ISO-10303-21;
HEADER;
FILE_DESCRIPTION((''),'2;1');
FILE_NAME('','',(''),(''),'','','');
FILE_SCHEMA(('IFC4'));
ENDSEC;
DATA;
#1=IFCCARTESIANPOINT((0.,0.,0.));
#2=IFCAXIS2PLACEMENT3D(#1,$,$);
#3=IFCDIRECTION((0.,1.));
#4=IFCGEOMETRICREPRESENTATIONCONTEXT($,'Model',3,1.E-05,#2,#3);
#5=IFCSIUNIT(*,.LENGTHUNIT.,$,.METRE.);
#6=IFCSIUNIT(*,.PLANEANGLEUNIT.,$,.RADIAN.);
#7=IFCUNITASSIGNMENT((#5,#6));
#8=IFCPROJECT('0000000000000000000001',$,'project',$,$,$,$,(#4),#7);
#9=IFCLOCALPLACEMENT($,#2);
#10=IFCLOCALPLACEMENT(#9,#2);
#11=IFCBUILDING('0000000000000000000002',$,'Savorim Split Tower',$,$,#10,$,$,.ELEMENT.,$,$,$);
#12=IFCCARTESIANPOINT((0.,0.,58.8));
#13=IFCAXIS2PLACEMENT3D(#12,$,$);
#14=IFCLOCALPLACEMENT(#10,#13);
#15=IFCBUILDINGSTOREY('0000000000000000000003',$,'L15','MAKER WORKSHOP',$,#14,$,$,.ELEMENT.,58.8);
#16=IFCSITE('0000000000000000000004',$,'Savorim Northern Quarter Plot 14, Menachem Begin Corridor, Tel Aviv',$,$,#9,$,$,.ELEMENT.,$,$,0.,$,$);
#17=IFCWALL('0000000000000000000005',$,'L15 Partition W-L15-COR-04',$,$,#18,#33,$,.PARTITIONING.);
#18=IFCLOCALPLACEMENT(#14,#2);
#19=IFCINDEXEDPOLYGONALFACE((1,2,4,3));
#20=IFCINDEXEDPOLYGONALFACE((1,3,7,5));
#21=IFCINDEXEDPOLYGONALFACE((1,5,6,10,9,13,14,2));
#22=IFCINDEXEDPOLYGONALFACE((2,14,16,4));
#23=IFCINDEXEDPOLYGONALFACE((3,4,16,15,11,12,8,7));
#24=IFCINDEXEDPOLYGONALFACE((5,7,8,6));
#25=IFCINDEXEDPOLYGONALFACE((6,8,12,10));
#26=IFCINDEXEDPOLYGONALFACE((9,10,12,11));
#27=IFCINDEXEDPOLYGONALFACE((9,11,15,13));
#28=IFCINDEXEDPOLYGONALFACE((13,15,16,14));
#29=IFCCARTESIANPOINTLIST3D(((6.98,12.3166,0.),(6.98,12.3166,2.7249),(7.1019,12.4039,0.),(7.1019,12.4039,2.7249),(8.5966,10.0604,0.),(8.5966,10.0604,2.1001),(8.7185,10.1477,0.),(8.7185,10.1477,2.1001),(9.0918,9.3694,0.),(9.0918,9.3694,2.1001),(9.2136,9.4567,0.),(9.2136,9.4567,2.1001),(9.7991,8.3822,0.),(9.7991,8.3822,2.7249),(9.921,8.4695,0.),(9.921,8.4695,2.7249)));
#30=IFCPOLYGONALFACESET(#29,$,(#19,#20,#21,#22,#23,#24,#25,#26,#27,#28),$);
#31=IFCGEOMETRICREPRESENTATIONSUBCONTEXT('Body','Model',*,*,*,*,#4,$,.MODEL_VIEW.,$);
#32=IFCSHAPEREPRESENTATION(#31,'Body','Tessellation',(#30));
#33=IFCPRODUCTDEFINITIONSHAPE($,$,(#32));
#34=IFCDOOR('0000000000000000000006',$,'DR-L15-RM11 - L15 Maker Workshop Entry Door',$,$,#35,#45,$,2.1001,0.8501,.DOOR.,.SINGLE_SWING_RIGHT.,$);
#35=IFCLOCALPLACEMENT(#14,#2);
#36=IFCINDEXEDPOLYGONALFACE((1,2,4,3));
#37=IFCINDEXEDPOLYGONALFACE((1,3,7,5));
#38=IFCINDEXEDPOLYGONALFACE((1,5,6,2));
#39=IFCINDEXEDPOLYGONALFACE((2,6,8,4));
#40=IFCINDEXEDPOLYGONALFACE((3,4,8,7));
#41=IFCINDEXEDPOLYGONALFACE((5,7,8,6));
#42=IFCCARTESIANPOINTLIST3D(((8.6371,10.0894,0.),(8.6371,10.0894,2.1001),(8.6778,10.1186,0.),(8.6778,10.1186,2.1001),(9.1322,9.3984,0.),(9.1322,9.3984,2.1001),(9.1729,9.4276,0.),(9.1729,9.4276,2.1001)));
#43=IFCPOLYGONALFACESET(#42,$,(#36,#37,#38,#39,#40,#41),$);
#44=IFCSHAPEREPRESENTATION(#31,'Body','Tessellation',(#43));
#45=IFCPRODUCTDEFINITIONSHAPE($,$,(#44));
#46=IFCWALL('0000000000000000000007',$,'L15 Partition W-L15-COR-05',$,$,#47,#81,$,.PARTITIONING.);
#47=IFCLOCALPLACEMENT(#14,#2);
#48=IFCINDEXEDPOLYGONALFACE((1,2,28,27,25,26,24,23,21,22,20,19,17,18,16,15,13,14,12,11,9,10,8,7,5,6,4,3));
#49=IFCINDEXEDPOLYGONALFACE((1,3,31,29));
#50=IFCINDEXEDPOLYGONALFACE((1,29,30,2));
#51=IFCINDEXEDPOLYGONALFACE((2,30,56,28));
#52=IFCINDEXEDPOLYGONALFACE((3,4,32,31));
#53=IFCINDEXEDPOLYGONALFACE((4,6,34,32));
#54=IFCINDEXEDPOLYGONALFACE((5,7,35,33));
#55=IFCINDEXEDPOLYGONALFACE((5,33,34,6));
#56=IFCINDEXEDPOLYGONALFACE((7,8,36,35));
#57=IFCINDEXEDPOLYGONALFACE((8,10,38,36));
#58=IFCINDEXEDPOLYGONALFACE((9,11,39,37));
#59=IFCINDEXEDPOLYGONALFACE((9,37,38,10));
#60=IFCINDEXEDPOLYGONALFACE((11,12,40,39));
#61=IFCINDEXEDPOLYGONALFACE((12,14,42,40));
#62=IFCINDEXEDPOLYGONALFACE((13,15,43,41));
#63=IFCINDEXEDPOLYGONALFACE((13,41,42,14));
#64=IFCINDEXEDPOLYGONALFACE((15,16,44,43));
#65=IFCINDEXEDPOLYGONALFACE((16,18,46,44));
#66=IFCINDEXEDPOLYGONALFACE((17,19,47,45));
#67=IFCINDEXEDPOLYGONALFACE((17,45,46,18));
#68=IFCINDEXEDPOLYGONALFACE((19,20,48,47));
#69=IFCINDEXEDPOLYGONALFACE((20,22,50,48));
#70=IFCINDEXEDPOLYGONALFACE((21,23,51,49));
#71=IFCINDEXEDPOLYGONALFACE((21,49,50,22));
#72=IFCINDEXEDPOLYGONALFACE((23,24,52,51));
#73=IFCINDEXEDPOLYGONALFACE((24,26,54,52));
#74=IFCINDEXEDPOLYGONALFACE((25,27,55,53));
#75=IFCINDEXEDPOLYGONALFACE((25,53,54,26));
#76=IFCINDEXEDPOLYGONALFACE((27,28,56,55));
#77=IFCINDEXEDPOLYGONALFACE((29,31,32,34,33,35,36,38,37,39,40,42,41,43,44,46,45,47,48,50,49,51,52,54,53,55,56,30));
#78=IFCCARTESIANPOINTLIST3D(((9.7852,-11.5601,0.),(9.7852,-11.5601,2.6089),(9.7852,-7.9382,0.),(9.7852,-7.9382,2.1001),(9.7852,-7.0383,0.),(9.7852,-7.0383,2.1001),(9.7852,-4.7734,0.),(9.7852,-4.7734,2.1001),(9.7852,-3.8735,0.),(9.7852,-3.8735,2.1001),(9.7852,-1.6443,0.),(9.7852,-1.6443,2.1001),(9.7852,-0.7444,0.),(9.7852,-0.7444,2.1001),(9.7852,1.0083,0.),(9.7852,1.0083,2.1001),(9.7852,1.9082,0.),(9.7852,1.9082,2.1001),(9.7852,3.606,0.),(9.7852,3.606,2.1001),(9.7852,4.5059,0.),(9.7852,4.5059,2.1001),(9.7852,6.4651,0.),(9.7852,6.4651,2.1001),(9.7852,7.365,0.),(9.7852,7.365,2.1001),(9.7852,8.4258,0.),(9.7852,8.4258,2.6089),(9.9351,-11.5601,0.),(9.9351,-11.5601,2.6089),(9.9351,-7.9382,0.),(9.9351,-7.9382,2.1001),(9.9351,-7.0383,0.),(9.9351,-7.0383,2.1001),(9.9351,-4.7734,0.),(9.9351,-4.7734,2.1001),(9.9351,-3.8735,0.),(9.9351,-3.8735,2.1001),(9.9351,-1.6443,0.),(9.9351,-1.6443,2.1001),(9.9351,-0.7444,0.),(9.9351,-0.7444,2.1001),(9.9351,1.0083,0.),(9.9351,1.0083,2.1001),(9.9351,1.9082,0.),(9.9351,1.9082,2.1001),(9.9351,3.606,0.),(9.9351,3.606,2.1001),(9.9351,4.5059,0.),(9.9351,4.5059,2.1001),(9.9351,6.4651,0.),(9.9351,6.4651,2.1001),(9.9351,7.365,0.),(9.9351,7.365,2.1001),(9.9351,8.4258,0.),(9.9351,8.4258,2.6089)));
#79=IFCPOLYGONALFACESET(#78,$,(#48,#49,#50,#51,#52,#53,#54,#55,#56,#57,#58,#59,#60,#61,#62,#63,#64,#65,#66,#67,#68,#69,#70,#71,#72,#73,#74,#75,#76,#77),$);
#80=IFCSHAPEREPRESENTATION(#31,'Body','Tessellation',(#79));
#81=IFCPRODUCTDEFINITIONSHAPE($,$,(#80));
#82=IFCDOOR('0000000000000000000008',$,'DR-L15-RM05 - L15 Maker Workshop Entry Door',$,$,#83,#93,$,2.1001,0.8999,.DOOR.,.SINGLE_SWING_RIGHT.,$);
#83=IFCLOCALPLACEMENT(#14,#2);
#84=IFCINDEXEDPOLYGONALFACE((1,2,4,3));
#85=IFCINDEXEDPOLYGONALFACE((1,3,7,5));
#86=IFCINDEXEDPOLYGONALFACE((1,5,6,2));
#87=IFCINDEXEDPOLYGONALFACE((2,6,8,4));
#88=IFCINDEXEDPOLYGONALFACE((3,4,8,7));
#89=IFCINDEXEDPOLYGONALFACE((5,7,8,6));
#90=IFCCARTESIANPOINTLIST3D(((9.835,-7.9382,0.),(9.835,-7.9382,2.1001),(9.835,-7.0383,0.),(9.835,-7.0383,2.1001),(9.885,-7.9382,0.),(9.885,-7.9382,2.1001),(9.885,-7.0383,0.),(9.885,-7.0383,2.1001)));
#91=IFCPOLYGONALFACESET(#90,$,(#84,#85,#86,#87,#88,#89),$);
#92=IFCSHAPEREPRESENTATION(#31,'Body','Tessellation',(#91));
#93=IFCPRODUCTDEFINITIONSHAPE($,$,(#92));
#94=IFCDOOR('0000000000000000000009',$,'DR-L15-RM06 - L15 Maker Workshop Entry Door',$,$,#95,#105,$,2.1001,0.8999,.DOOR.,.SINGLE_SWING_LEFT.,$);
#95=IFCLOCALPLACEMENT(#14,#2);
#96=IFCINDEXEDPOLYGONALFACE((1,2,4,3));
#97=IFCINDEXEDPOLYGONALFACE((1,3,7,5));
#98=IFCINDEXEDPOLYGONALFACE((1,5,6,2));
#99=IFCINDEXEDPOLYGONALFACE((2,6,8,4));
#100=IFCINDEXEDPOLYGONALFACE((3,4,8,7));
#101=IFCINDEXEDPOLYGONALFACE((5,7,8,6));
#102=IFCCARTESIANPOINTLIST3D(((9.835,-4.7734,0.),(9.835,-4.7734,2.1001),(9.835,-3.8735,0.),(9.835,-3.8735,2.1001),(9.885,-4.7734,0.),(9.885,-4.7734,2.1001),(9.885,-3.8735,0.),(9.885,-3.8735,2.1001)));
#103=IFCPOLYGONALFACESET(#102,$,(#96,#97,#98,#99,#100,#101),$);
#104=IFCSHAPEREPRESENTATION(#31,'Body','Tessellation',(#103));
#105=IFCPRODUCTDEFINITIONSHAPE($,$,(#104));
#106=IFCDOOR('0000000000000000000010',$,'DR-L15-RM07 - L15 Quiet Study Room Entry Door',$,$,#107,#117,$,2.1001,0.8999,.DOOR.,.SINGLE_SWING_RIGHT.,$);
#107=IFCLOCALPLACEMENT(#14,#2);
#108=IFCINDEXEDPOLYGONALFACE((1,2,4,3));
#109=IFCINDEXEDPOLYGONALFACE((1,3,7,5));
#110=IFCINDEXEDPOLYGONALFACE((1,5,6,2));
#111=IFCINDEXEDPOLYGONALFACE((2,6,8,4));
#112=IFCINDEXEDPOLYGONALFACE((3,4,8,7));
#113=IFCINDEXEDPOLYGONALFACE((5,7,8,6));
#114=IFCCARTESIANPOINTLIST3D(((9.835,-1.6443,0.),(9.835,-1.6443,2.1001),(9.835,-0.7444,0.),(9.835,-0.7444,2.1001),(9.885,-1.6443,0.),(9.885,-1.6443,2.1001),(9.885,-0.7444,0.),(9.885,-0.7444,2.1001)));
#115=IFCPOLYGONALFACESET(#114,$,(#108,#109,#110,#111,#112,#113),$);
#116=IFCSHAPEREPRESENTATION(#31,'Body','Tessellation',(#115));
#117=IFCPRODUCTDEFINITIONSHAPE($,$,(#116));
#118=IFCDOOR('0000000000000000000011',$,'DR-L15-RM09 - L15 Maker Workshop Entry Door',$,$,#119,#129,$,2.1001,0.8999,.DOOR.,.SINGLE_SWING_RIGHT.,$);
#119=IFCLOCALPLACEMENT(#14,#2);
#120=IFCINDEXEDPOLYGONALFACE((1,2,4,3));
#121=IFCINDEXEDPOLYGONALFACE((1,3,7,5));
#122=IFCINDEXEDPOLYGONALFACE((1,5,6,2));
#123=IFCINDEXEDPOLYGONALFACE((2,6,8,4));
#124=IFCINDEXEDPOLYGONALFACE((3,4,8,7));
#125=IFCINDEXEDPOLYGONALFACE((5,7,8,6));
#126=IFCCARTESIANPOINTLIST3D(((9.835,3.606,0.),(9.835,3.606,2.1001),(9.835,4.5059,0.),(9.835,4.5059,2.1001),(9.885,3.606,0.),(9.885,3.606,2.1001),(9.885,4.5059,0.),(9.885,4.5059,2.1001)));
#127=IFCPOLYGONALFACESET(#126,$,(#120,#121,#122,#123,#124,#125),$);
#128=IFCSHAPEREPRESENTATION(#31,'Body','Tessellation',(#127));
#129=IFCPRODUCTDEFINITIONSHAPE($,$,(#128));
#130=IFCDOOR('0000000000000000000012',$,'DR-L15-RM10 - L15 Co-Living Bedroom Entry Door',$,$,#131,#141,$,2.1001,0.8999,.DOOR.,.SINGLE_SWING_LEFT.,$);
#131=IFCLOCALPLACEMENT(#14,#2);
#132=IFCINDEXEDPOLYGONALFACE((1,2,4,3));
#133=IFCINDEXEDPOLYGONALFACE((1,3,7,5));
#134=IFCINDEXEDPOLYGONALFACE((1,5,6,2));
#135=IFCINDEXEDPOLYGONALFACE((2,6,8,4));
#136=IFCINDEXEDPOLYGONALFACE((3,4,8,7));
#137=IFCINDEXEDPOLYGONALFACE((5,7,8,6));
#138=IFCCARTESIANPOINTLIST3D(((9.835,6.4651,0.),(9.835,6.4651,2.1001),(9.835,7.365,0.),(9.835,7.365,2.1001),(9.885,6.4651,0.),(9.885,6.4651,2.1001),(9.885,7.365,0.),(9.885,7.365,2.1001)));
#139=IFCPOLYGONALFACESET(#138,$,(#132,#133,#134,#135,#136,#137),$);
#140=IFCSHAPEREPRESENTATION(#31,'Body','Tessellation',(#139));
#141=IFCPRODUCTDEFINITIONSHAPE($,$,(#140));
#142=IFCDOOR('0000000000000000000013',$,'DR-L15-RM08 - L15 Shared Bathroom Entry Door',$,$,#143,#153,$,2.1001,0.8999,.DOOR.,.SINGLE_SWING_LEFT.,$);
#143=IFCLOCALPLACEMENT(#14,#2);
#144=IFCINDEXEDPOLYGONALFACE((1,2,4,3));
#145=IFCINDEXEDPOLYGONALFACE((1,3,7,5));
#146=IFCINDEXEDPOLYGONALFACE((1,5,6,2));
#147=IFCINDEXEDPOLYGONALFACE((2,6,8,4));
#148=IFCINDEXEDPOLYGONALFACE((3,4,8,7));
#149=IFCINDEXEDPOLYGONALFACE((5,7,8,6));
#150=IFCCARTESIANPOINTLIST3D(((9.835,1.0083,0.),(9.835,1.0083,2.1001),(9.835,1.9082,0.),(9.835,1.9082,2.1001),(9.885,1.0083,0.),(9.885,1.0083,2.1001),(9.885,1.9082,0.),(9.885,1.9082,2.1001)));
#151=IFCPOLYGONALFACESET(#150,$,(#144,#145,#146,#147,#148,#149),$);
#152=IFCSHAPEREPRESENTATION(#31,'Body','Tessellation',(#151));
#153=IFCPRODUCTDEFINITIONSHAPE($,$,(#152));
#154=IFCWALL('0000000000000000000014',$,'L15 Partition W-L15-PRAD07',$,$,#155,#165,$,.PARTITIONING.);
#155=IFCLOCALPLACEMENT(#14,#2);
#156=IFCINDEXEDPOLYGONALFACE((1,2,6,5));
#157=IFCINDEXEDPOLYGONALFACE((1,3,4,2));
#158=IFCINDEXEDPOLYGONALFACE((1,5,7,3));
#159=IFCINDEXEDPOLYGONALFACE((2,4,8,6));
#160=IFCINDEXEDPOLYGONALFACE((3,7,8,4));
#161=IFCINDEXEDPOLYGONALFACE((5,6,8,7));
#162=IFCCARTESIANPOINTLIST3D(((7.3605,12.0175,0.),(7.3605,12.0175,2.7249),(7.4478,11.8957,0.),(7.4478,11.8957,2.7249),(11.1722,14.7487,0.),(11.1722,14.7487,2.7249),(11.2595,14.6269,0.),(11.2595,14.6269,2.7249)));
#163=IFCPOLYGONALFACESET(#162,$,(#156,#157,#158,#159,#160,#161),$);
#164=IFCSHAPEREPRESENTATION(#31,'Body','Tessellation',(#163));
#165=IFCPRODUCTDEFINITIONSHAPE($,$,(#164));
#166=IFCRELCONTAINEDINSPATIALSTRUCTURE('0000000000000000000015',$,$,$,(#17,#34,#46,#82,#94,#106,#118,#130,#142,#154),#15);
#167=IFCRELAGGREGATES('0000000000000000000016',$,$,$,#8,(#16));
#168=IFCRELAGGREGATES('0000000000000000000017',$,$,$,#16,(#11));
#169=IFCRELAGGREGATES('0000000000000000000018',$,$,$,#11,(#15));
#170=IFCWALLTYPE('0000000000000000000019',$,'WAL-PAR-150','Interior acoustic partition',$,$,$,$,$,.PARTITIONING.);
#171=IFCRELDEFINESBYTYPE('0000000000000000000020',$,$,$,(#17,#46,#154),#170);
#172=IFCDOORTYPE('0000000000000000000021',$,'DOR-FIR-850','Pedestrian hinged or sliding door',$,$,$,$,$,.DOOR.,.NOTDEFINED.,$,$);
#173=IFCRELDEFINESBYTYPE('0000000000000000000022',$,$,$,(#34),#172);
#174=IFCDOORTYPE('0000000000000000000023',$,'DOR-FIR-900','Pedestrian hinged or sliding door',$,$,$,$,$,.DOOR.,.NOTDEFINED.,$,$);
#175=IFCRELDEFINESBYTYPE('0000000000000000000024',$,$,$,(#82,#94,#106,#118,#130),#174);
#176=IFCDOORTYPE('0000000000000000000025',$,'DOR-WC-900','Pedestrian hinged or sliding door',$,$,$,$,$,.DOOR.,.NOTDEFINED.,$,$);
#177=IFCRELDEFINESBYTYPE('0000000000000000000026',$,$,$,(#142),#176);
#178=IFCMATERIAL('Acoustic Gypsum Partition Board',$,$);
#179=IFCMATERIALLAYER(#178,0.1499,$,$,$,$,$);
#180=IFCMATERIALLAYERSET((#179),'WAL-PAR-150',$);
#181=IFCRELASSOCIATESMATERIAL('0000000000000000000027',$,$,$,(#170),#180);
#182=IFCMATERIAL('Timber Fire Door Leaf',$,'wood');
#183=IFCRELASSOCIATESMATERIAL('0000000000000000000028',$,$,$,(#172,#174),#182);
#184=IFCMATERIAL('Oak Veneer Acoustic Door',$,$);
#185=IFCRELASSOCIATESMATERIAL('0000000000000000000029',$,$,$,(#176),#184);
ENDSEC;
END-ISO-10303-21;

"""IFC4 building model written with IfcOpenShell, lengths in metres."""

from ifc_helpers import new_model, si_unit, direction, frame, frame_2d, origin, place, context, subcontext, project, spatial, rectangle, extrude, material, layer, layer_set, type_object, element, fill, save


model = new_model("IFC4")

# Units and contexts
model_context = context("Model", 3, precision=1e-05, world=origin(), true_north=direction((0.0, 1.0)))
body_context = subcontext(model_context, "Body", "Model", "MODEL_VIEW")
ifc_project = project(units=[si_unit("LENGTHUNIT", "METRE"), si_unit("PLANEANGLEUNIT", "RADIAN")], contexts=[model_context])

# Site, building, storey
site_placement = place(None, origin())
site = spatial("IfcSite", under=ifc_project, at=site_placement, Name="Savorim Northern Quarter Plot 14, Menachem Begin Corridor, Tel Aviv", CompositionType="ELEMENT", RefElevation=0.0)
building_placement = place(site_placement, origin())
building = spatial("IfcBuilding", under=site, at=building_placement, Name="Savorim Split Tower", CompositionType="ELEMENT")
storey_placement = place(building_placement, frame((0.0, 0.0, 58.8)))
storey = spatial("IfcBuildingStorey", under=building, at=storey_placement, Name="L15", Description="MAKER WORKSHOP", CompositionType="ELEMENT", Elevation=58.8)

# Shared definitions
ifc_material_1 = material(Name="Timber Fire Door Leaf", Category="wood")

# Wall, opening, door
ifc_material_2 = material(Name="Acoustic Gypsum Partition Board")
ifc_layer_1 = layer(ifc_material_2, 0.1499)
ifc_layer_set_1 = layer_set([ifc_layer_1], Name="WAL-PAR-150")
wall_type_1 = type_object("IfcWallType", Name="WAL-PAR-150", Description="Interior acoustic partition", PredefinedType="PARTITIONING", material=ifc_layer_set_1)
wall_1_placement = place(storey_placement, frame((7.041, 12.3601, 0.0), z_axis=(0.0, 0.0, 1.0), x_axis=(0.58245, -0.812867, 0.0)))
wall_1 = element("IfcWall", 1, at=wall_1_placement, inside=storey, type_object=wall_type_1, Name="L15 Partition W-L15-COR-04", PredefinedType="PARTITIONING", context=body_context, shape_type="SweptSolid", body=[
    extrude(rectangle(XDim=4.8401, YDim=0.1499, at=frame_2d((2.4199, 0.0))), origin(), (0.0, 0.0, 1.0), 2.7249),
])
opening_1_placement = place(wall_1_placement, frame((2.7754, 0.0, 0.0)))
opening_1 = element("IfcOpeningElement", 2, at=opening_1_placement, cuts=wall_1, PredefinedType="OPENING", context=body_context, shape_type="SweptSolid", body=[
    extrude(rectangle(XDim=0.8501, YDim=2.1001, at=frame_2d((0.425, 1.05))), frame((0.0, 0.085, 0.0), z_axis=(0.0, -1.0, 0.0), x_axis=(1.0, 0.0, 0.0)), (0.0, 0.0, 1.0), 0.1699),
])
door_type_1 = type_object("IfcDoorType", Name="DOR-FIR-850", Description="Pedestrian hinged or sliding door", OperationType="NOTDEFINED", PredefinedType="DOOR", material=ifc_material_1)
door_1_placement = place(opening_1_placement, origin())
door_1 = element("IfcDoor", 3, at=door_1_placement, inside=storey, type_object=door_type_1, Name="DR-L15-RM11 - L15 Maker Workshop Entry Door", OperationType="SINGLE_SWING_RIGHT", OverallHeight=2.1001, OverallWidth=0.8501, PredefinedType="DOOR", context=body_context, shape_type="SweptSolid", body=[
    extrude(rectangle(XDim=0.8501, YDim=2.1001, at=frame_2d((0.425, 1.05))), frame((0.0, 0.0249, 0.0), z_axis=(0.0, -1.0, 0.0), x_axis=(1.0, 0.0, 0.0)), (0.0, 0.0, 1.0), 0.05),
])
fill(opening_1, door_1)

# Wall, openings, doors
wall_2_placement = place(storey_placement, frame((9.8601, 8.4258, 0.0), z_axis=(0.0, 0.0, 1.0), x_axis=(0.0, -1.0, 0.0)))
wall_2 = element("IfcWall", 4, at=wall_2_placement, inside=storey, type_object=wall_type_1, Name="L15 Partition W-L15-COR-05", PredefinedType="PARTITIONING", context=body_context, shape_type="SweptSolid", body=[
    extrude(rectangle(XDim=19.9858, YDim=0.1499, at=frame_2d((9.9929, 0.0))), origin(), (0.0, 0.0, 1.0), 2.6089),
])
opening_2_placement = place(wall_2_placement, frame((15.4641, 0.0, 0.0)))
opening_2 = element("IfcOpeningElement", 5, at=opening_2_placement, cuts=wall_2, PredefinedType="OPENING", context=body_context, shape_type="SweptSolid", body=[
    extrude(rectangle(XDim=0.8999, YDim=2.1001, at=frame_2d((0.45, 1.05))), frame((0.0, 0.085, 0.0), z_axis=(0.0, -1.0, 0.0), x_axis=(1.0, 0.0, 0.0)), (0.0, 0.0, 1.0), 0.1699),
])
opening_3_placement = place(wall_2_placement, frame((12.2993, 0.0, 0.0)))
opening_3 = element("IfcOpeningElement", 6, at=opening_3_placement, cuts=wall_2, PredefinedType="OPENING", context=body_context, shape_type="SweptSolid", body=[
    extrude(rectangle(XDim=0.8999, YDim=2.1001, at=frame_2d((0.45, 1.05))), frame((0.0, 0.085, 0.0), z_axis=(0.0, -1.0, 0.0), x_axis=(1.0, 0.0, 0.0)), (0.0, 0.0, 1.0), 0.1699),
])
opening_4_placement = place(wall_2_placement, frame((9.1702, 0.0, 0.0)))
opening_4 = element("IfcOpeningElement", 7, at=opening_4_placement, cuts=wall_2, PredefinedType="OPENING", context=body_context, shape_type="SweptSolid", body=[
    extrude(rectangle(XDim=0.8999, YDim=2.1001, at=frame_2d((0.45, 1.05))), frame((0.0, 0.085, 0.0), z_axis=(0.0, -1.0, 0.0), x_axis=(1.0, 0.0, 0.0)), (0.0, 0.0, 1.0), 0.1699),
])
opening_5_placement = place(wall_2_placement, frame((6.5176, 0.0, 0.0)))
opening_5 = element("IfcOpeningElement", 8, at=opening_5_placement, cuts=wall_2, PredefinedType="OPENING", context=body_context, shape_type="SweptSolid", body=[
    extrude(rectangle(XDim=0.8999, YDim=2.1001, at=frame_2d((0.45, 1.05))), frame((0.0, 0.085, 0.0), z_axis=(0.0, -1.0, 0.0), x_axis=(1.0, 0.0, 0.0)), (0.0, 0.0, 1.0), 0.1699),
])
opening_6_placement = place(wall_2_placement, frame((3.9199, 0.0, 0.0)))
opening_6 = element("IfcOpeningElement", 9, at=opening_6_placement, cuts=wall_2, PredefinedType="OPENING", context=body_context, shape_type="SweptSolid", body=[
    extrude(rectangle(XDim=0.8999, YDim=2.1001, at=frame_2d((0.45, 1.05))), frame((0.0, 0.085, 0.0), z_axis=(0.0, -1.0, 0.0), x_axis=(1.0, 0.0, 0.0)), (0.0, 0.0, 1.0), 0.1699),
])
opening_7_placement = place(wall_2_placement, frame((1.0608, 0.0, 0.0)))
opening_7 = element("IfcOpeningElement", 10, at=opening_7_placement, cuts=wall_2, PredefinedType="OPENING", context=body_context, shape_type="SweptSolid", body=[
    extrude(rectangle(XDim=0.8999, YDim=2.1001, at=frame_2d((0.45, 1.05))), frame((0.0, 0.085, 0.0), z_axis=(0.0, -1.0, 0.0), x_axis=(1.0, 0.0, 0.0)), (0.0, 0.0, 1.0), 0.1699),
])
door_type_2 = type_object("IfcDoorType", Name="DOR-FIR-900", Description="Pedestrian hinged or sliding door", OperationType="NOTDEFINED", PredefinedType="DOOR", material=ifc_material_1)
door_2_placement = place(opening_2_placement, origin())
door_2 = element("IfcDoor", 11, at=door_2_placement, inside=storey, type_object=door_type_2, Name="DR-L15-RM05 - L15 Maker Workshop Entry Door", OperationType="SINGLE_SWING_RIGHT", OverallHeight=2.1001, OverallWidth=0.8999, PredefinedType="DOOR", context=body_context, shape_type="SweptSolid", body=[
    extrude(rectangle(XDim=0.8999, YDim=2.1001, at=frame_2d((0.45, 1.05))), frame((0.0, 0.0249, 0.0), z_axis=(0.0, -1.0, 0.0), x_axis=(1.0, 0.0, 0.0)), (0.0, 0.0, 1.0), 0.05),
])
fill(opening_2, door_2)
door_3_placement = place(opening_3_placement, origin())
door_3 = element("IfcDoor", 12, at=door_3_placement, inside=storey, type_object=door_type_2, Name="DR-L15-RM06 - L15 Maker Workshop Entry Door", OperationType="SINGLE_SWING_LEFT", OverallHeight=2.1001, OverallWidth=0.8999, PredefinedType="DOOR", context=body_context, shape_type="SweptSolid", body=[
    extrude(rectangle(XDim=0.8999, YDim=2.1001, at=frame_2d((0.45, 1.05))), frame((0.0, 0.0249, 0.0), z_axis=(0.0, -1.0, 0.0), x_axis=(1.0, 0.0, 0.0)), (0.0, 0.0, 1.0), 0.05),
])
fill(opening_3, door_3)
door_4_placement = place(opening_4_placement, origin())
door_4 = element("IfcDoor", 13, at=door_4_placement, inside=storey, type_object=door_type_2, Name="DR-L15-RM07 - L15 Quiet Study Room Entry Door", OperationType="SINGLE_SWING_RIGHT", OverallHeight=2.1001, OverallWidth=0.8999, PredefinedType="DOOR", context=body_context, shape_type="SweptSolid", body=[
    extrude(rectangle(XDim=0.8999, YDim=2.1001, at=frame_2d((0.45, 1.05))), frame((0.0, 0.0249, 0.0), z_axis=(0.0, -1.0, 0.0), x_axis=(1.0, 0.0, 0.0)), (0.0, 0.0, 1.0), 0.05),
])
fill(opening_4, door_4)
door_5_placement = place(opening_6_placement, origin())
door_5 = element("IfcDoor", 14, at=door_5_placement, inside=storey, type_object=door_type_2, Name="DR-L15-RM09 - L15 Maker Workshop Entry Door", OperationType="SINGLE_SWING_RIGHT", OverallHeight=2.1001, OverallWidth=0.8999, PredefinedType="DOOR", context=body_context, shape_type="SweptSolid", body=[
    extrude(rectangle(XDim=0.8999, YDim=2.1001, at=frame_2d((0.45, 1.05))), frame((0.0, 0.0249, 0.0), z_axis=(0.0, -1.0, 0.0), x_axis=(1.0, 0.0, 0.0)), (0.0, 0.0, 1.0), 0.05),
])
fill(opening_6, door_5)
door_6_placement = place(opening_7_placement, origin())
door_6 = element("IfcDoor", 15, at=door_6_placement, inside=storey, type_object=door_type_2, Name="DR-L15-RM10 - L15 Co-Living Bedroom Entry Door", OperationType="SINGLE_SWING_LEFT", OverallHeight=2.1001, OverallWidth=0.8999, PredefinedType="DOOR", context=body_context, shape_type="SweptSolid", body=[
    extrude(rectangle(XDim=0.8999, YDim=2.1001, at=frame_2d((0.45, 1.05))), frame((0.0, 0.0249, 0.0), z_axis=(0.0, -1.0, 0.0), x_axis=(1.0, 0.0, 0.0)), (0.0, 0.0, 1.0), 0.05),
])
fill(opening_7, door_6)
ifc_material_3 = material(Name="Oak Veneer Acoustic Door")
door_type_3 = type_object("IfcDoorType", Name="DOR-WC-900", Description="Pedestrian hinged or sliding door", OperationType="NOTDEFINED", PredefinedType="DOOR", material=ifc_material_3)
door_7_placement = place(opening_5_placement, origin())
door_7 = element("IfcDoor", 16, at=door_7_placement, inside=storey, type_object=door_type_3, Name="DR-L15-RM08 - L15 Shared Bathroom Entry Door", OperationType="SINGLE_SWING_LEFT", OverallHeight=2.1001, OverallWidth=0.8999, PredefinedType="DOOR", context=body_context, shape_type="SweptSolid", body=[
    extrude(rectangle(XDim=0.8999, YDim=2.1001, at=frame_2d((0.45, 1.05))), frame((0.0, 0.0249, 0.0), z_axis=(0.0, -1.0, 0.0), x_axis=(1.0, 0.0, 0.0)), (0.0, 0.0, 1.0), 0.05),
])
fill(opening_5, door_7)

# Wall
wall_3_placement = place(storey_placement, frame((7.4041, 11.9565, 0.0), z_axis=(0.0, 0.0, 1.0), x_axis=(0.812874, 0.582439, 0.0)))
element("IfcWall", 17, at=wall_3_placement, inside=storey, type_object=wall_type_1, Name="L15 Partition W-L15-PRAD07", PredefinedType="PARTITIONING", context=body_context, shape_type="SweptSolid", body=[
    extrude(rectangle(XDim=4.6892, YDim=0.1499, at=frame_2d((2.3447, 0.0))), origin(), (0.0, 0.0, 1.0), 2.7249),
])

save(model, "model.ifc")
